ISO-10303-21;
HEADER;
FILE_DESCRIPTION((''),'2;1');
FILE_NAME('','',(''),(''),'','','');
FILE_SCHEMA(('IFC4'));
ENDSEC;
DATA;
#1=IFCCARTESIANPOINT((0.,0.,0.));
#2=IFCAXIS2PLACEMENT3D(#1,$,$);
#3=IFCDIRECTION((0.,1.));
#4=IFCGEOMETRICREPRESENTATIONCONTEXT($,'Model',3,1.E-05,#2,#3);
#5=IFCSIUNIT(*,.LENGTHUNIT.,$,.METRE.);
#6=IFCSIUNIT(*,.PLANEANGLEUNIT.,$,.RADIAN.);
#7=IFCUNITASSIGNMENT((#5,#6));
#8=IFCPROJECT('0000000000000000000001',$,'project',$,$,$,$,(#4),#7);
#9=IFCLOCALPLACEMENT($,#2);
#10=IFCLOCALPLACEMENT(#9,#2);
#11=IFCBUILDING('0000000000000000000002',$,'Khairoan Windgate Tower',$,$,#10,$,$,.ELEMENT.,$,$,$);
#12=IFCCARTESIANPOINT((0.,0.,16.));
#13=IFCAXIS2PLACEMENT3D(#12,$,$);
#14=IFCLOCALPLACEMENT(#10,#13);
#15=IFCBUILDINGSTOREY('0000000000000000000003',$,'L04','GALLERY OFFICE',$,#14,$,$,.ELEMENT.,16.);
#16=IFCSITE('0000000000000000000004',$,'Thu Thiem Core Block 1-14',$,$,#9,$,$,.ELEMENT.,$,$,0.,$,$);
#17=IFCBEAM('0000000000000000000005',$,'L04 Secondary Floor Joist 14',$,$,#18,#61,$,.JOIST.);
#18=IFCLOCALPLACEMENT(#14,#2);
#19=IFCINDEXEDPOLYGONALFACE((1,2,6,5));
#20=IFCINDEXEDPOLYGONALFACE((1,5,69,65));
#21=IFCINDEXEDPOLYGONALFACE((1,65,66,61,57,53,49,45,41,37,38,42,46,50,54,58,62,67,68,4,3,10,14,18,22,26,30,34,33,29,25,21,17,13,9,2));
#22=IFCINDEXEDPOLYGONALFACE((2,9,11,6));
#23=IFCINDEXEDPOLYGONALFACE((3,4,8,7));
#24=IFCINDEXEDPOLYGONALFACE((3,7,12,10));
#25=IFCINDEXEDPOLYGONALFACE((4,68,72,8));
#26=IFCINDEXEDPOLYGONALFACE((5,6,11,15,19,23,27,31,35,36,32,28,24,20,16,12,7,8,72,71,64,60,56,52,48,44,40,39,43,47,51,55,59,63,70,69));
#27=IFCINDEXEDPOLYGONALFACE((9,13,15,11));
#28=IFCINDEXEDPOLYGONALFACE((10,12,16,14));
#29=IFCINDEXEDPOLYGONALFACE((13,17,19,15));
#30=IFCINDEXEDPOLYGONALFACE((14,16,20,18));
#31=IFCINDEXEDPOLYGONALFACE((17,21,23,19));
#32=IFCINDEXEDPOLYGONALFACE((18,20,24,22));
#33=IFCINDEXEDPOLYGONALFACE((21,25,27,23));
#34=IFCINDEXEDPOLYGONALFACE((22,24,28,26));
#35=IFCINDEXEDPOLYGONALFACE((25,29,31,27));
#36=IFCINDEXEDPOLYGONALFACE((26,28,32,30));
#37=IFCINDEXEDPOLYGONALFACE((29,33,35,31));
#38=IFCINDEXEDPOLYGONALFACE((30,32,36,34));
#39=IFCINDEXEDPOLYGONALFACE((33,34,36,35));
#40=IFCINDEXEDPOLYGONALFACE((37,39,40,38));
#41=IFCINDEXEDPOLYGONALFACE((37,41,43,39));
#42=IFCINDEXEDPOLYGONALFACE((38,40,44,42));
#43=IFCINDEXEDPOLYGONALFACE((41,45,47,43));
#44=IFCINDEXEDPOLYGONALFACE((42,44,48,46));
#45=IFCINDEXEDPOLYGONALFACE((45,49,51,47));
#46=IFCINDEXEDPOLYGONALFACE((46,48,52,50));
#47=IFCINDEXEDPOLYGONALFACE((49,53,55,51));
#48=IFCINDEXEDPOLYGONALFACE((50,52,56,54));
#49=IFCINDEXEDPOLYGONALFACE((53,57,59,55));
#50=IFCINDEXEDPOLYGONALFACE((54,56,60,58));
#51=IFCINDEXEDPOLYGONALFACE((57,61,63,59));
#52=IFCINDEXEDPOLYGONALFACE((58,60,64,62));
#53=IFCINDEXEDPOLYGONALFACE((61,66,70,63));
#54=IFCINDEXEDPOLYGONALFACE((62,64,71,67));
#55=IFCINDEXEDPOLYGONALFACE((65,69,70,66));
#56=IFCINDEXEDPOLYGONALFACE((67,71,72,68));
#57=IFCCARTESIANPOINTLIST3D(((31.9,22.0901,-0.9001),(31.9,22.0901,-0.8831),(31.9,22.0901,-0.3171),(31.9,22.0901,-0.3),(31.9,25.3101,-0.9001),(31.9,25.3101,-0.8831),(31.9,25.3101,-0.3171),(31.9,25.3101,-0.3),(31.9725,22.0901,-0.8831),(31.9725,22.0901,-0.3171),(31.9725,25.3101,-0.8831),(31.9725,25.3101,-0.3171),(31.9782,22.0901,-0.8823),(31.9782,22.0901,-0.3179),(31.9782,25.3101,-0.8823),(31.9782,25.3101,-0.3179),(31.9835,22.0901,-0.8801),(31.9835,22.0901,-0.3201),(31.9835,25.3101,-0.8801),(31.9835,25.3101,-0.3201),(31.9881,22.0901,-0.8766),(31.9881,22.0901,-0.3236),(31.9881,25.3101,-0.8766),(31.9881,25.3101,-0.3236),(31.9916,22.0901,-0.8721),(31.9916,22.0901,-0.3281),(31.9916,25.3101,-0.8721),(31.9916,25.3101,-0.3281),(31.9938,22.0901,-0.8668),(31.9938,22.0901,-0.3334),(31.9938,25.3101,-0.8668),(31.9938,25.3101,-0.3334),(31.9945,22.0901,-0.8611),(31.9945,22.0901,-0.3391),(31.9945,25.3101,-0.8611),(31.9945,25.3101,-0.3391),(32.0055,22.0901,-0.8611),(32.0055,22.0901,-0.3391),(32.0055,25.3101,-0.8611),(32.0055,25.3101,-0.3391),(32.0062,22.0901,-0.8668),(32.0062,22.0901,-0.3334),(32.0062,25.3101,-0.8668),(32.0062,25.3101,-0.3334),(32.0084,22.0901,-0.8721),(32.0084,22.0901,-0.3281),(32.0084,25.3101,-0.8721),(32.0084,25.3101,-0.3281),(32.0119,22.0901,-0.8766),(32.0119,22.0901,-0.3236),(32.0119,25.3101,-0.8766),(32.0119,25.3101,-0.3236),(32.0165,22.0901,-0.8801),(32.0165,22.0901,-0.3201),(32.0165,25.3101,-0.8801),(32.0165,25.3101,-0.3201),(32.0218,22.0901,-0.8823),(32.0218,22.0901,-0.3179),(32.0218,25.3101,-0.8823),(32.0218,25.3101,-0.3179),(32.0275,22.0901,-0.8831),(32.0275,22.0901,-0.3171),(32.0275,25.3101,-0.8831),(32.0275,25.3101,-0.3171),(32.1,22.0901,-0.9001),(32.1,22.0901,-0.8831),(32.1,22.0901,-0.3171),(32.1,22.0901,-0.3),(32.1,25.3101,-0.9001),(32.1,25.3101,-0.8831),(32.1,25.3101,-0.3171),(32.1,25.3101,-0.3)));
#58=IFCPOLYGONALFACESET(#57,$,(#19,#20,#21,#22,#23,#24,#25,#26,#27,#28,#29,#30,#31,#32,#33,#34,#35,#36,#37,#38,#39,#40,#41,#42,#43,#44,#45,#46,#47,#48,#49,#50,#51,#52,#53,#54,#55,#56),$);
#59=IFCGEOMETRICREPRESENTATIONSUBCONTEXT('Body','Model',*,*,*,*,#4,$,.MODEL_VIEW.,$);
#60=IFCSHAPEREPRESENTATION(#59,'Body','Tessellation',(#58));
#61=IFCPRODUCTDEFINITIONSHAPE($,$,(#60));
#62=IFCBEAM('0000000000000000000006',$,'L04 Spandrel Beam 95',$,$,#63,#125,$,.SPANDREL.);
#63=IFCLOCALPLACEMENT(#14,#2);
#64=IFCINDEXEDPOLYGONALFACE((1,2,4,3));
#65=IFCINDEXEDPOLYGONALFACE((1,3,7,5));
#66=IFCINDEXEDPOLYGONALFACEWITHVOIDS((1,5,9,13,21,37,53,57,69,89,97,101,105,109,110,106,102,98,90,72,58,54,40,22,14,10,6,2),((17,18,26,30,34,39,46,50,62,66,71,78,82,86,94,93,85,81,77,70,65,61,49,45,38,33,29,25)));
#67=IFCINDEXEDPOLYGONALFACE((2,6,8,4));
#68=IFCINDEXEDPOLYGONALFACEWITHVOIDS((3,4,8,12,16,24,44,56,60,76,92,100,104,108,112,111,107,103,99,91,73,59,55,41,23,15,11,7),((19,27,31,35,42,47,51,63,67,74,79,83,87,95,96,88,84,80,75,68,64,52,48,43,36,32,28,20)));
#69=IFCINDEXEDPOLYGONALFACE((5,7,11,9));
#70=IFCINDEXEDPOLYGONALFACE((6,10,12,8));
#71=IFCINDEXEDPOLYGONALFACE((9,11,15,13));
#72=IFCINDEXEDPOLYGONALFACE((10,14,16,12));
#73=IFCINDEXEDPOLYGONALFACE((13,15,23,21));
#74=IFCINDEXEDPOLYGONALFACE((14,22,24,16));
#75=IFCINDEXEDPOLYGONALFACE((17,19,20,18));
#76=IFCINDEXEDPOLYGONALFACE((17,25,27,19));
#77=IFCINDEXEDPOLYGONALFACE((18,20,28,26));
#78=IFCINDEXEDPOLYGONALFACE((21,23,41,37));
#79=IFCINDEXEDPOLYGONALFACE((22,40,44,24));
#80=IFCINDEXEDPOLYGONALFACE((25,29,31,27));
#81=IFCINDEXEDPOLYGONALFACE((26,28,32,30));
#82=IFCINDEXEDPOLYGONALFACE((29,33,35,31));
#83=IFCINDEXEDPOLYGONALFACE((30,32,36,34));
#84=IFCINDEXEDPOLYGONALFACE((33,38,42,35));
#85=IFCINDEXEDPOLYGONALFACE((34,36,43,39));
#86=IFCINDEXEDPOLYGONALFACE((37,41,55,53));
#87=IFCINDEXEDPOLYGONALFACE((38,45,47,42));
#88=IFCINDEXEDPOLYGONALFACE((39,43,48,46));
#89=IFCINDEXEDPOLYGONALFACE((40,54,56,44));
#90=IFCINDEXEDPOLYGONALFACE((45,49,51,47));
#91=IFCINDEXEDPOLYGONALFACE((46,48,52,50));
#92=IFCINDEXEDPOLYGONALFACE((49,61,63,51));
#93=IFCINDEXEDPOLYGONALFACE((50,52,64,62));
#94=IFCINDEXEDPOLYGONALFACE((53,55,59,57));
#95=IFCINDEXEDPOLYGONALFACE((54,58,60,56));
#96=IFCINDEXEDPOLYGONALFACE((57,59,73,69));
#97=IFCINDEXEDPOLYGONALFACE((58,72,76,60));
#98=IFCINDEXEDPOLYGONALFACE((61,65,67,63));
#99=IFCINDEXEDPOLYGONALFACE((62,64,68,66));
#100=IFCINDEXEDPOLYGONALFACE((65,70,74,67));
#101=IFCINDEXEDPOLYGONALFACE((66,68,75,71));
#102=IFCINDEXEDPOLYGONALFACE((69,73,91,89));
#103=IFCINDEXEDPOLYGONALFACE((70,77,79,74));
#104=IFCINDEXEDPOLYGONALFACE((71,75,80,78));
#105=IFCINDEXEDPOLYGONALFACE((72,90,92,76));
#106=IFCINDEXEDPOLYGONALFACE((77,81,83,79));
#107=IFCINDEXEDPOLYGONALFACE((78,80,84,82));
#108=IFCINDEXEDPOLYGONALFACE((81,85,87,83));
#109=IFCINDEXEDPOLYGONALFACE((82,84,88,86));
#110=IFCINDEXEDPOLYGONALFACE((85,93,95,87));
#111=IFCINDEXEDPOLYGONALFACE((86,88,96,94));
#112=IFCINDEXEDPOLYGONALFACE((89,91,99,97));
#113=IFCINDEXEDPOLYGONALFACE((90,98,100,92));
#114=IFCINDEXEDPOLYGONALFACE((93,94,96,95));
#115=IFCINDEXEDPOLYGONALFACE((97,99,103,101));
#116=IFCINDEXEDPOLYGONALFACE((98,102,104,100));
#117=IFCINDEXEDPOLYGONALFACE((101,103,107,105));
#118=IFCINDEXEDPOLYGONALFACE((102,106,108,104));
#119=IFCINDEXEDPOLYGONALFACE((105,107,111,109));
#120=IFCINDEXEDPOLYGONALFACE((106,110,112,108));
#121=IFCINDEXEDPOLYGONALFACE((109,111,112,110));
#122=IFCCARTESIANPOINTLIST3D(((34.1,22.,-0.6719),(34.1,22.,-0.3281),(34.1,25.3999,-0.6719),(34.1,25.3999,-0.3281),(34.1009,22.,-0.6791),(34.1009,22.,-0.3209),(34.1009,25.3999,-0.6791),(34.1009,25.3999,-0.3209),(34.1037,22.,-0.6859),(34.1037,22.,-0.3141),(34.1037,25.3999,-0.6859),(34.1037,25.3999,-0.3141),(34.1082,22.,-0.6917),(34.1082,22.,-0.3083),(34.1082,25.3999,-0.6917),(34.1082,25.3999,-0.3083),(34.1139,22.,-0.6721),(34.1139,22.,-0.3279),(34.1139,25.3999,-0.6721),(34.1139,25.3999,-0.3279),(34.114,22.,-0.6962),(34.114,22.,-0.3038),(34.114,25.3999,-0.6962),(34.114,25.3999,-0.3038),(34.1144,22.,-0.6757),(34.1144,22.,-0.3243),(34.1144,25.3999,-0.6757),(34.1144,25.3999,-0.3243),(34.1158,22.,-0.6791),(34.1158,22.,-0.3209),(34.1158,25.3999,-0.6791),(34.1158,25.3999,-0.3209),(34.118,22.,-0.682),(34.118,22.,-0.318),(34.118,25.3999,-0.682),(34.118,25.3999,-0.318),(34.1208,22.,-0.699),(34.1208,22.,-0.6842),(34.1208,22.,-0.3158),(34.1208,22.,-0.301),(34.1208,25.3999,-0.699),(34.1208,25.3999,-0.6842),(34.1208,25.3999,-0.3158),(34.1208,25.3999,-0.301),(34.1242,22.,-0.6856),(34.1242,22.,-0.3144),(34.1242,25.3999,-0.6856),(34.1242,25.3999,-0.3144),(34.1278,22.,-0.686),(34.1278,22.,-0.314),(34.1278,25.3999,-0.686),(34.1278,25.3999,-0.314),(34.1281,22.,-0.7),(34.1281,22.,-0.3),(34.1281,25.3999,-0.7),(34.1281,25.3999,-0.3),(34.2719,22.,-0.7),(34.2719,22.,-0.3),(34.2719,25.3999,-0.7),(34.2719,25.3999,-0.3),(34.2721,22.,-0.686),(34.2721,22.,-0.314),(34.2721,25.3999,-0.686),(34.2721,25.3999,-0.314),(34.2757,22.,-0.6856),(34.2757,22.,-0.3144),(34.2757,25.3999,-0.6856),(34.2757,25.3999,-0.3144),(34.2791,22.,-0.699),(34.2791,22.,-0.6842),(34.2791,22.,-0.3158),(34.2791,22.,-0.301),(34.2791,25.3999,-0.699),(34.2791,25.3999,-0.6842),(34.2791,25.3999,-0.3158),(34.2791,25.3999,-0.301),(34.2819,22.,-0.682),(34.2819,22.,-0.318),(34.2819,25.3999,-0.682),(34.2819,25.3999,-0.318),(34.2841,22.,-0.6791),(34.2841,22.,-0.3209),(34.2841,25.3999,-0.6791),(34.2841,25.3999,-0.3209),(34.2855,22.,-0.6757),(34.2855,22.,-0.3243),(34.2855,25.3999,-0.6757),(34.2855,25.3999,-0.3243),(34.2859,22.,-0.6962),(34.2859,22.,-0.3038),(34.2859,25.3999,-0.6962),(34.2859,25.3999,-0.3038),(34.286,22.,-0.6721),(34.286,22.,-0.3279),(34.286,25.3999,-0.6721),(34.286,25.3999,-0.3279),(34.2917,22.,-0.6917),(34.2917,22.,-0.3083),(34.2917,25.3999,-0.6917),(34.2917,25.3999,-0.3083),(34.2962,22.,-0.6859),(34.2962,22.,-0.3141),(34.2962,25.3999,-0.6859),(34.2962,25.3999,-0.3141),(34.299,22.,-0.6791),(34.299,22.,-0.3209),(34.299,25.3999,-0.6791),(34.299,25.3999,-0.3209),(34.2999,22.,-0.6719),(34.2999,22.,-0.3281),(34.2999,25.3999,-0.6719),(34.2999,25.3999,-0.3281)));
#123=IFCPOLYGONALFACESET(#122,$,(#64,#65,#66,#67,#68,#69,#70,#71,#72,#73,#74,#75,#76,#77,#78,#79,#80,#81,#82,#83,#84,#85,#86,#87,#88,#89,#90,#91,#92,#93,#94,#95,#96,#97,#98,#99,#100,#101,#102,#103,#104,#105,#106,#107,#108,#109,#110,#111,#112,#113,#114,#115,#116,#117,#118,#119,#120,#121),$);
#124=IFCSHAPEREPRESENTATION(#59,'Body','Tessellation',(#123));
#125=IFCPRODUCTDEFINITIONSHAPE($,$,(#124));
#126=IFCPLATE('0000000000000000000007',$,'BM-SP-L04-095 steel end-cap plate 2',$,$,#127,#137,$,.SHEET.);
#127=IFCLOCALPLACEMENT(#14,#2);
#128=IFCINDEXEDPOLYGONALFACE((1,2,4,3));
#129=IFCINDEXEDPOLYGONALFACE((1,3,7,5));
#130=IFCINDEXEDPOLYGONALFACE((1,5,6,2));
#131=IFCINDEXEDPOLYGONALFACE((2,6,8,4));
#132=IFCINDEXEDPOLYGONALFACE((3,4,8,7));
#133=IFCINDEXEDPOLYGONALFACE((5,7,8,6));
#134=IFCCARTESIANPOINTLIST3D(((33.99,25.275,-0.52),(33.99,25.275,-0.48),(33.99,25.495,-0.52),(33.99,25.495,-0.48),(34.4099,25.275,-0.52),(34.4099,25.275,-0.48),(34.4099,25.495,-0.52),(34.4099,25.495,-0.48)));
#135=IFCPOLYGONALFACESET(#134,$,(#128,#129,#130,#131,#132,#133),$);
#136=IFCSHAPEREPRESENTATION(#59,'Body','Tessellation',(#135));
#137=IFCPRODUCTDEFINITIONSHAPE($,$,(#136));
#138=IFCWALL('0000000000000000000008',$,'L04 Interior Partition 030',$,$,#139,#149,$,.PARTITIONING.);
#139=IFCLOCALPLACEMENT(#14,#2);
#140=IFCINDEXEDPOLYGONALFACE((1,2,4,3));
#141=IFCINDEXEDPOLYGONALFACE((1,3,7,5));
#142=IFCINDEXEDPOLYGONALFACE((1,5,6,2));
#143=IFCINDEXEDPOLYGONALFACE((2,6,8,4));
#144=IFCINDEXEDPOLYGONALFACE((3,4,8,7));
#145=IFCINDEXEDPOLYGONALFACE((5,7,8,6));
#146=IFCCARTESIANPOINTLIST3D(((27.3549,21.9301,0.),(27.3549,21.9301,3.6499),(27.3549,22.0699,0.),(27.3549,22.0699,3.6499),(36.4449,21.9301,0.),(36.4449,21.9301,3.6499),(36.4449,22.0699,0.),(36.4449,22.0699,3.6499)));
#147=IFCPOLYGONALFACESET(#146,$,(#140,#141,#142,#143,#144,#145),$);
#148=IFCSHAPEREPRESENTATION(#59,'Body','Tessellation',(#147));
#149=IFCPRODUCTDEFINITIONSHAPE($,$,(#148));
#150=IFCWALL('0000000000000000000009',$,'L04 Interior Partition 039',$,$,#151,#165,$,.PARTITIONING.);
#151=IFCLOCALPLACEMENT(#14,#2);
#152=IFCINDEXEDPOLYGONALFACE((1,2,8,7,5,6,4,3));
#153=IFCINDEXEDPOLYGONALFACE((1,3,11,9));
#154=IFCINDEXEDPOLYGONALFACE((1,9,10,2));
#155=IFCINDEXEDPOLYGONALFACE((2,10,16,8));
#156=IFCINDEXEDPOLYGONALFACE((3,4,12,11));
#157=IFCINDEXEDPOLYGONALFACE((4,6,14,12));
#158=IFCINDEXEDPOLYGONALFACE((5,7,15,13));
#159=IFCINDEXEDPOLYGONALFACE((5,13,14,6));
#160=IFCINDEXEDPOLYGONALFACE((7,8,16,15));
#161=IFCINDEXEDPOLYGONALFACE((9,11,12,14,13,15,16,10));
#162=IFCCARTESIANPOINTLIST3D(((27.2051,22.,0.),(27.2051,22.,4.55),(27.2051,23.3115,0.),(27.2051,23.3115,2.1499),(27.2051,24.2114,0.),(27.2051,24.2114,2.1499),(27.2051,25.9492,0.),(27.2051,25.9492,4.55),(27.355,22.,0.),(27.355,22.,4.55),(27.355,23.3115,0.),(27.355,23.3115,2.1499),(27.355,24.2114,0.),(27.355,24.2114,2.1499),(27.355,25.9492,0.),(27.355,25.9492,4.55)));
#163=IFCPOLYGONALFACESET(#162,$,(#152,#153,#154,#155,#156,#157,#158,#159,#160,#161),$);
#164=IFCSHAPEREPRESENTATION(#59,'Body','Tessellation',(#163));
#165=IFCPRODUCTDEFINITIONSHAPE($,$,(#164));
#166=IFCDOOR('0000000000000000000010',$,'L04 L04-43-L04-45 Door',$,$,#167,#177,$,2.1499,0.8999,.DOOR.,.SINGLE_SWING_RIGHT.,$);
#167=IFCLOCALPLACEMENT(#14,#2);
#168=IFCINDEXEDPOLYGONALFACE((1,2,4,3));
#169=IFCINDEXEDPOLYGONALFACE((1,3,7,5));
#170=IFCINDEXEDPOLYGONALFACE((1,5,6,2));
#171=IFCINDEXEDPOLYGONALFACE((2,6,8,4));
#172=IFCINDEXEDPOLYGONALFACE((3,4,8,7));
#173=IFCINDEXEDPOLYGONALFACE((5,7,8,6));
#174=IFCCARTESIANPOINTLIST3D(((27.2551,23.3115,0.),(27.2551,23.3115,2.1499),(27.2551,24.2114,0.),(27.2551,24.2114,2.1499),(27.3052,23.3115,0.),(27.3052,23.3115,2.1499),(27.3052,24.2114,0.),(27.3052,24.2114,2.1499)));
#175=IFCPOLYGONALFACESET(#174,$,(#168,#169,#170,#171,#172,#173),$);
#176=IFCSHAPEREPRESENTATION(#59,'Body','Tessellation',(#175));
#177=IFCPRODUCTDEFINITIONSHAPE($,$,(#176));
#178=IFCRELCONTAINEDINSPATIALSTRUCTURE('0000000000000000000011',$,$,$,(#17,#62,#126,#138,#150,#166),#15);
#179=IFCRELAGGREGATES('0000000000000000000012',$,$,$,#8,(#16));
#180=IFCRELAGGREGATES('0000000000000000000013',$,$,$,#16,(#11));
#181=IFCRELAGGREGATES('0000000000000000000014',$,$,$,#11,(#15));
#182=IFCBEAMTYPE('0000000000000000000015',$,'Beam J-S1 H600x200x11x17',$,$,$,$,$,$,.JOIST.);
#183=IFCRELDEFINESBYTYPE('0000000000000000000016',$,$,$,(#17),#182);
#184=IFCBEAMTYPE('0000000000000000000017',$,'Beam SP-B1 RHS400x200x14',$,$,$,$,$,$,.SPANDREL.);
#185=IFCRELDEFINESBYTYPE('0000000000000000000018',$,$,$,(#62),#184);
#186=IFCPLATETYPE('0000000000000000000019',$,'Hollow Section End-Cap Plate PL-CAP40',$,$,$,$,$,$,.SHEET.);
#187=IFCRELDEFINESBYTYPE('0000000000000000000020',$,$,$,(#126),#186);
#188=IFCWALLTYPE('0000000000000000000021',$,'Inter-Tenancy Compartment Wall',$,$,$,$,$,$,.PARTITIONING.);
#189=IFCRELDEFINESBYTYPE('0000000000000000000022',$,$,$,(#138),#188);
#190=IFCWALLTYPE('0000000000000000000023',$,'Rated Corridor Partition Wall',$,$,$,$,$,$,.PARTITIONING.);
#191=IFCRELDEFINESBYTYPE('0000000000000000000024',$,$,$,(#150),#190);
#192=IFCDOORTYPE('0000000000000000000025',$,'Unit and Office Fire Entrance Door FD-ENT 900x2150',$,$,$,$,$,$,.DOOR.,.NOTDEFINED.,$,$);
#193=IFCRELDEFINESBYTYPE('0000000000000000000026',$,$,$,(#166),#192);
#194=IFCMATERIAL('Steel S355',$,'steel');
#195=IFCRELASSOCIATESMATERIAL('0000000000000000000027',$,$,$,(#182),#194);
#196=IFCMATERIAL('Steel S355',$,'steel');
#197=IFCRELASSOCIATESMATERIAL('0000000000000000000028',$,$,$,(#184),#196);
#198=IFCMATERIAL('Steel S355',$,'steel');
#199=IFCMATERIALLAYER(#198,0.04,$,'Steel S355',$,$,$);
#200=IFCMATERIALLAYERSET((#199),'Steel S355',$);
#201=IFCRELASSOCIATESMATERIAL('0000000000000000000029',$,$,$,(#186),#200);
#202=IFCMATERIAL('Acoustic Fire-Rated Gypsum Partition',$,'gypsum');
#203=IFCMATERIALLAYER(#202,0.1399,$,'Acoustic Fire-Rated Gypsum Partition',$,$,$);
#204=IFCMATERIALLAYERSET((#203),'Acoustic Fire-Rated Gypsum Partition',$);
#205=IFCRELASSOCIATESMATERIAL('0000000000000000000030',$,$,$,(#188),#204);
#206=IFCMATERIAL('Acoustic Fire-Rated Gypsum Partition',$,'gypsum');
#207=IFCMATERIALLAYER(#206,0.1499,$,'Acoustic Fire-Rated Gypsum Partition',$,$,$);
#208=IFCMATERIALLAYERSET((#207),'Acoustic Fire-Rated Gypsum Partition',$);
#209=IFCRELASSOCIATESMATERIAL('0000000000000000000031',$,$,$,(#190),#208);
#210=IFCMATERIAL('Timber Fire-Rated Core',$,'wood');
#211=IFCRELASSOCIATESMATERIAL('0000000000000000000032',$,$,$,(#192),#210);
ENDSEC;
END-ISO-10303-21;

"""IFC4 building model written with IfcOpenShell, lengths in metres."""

from ifc_helpers import new_model, si_unit, direction, frame, frame_2d, origin, origin_2d, place, context, subcontext, project, spatial, rectangle, hollow_rectangle, i_section, extrude, material, layer, layer_set, material_profile, profile_set, type_object, element, fill, save


model = new_model("IFC4")

# Units and contexts
model_context = context("Model", 3, precision=1e-05, world=origin(), true_north=direction((0.0, 1.0)))
body_context = subcontext(model_context, "Body", "Model", "MODEL_VIEW")
ifc_project = project(units=[si_unit("LENGTHUNIT", "METRE"), si_unit("PLANEANGLEUNIT", "RADIAN")], contexts=[model_context])

# Site, building, storey
site_placement = place(None, origin())
site = spatial("IfcSite", under=ifc_project, at=site_placement, Name="Thu Thiem Core Block 1-14", CompositionType="ELEMENT", RefElevation=0.0)
building_placement = place(site_placement, origin())
building = spatial("IfcBuilding", under=site, at=building_placement, Name="Khairoan Windgate Tower", CompositionType="ELEMENT")
storey_placement = place(building_placement, frame((0.0, 0.0, 16.0)))
storey = spatial("IfcBuildingStorey", under=building, at=storey_placement, Name="L04", Description="GALLERY OFFICE", CompositionType="ELEMENT", Elevation=16.0)

# Beams
ifc_material_1 = material(Name="Steel S355", Category="steel")
ifc_material_profile_1 = material_profile(ifc_material_1, i_section(OverallWidth=0.2, OverallDepth=0.6001, WebThickness=0.011, FlangeThickness=0.0171, FilletRadius=0.022, at=origin_2d()))
ifc_profile_set_1 = profile_set([ifc_material_profile_1], Name="Steel S355")
beam_type_1 = type_object("IfcBeamType", Name="Beam J-S1 H600x200x11x17", PredefinedType="JOIST", material=ifc_profile_set_1)
beam_1_placement = place(storey_placement, frame((32.0, 22.0901, -0.6001), z_axis=(0.0, 1.0, 0.0), x_axis=(-1.0, 0.0, 0.0)))
element("IfcBeam", 1, at=beam_1_placement, inside=storey, type_object=beam_type_1, Name="L04 Secondary Floor Joist 14", PredefinedType="JOIST", context=body_context, shape_type="SweptSolid", body=[
    extrude(i_section(OverallWidth=0.2, OverallDepth=0.6001, WebThickness=0.011, FlangeThickness=0.0171, FilletRadius=0.022, at=origin_2d()), origin(), (0.0, 0.0, 1.0), 3.22),
])
ifc_material_2 = material(Name="Steel S355", Category="steel")
ifc_material_profile_2 = material_profile(ifc_material_2, hollow_rectangle(XDim=0.2, YDim=0.3999, WallThickness=0.0139, InnerFilletRadius=0.0139, OuterFilletRadius=0.0281, at=origin_2d()))
ifc_profile_set_2 = profile_set([ifc_material_profile_2], Name="Steel S355")
beam_type_2 = type_object("IfcBeamType", Name="Beam SP-B1 RHS400x200x14", PredefinedType="SPANDREL", material=ifc_profile_set_2)
beam_2_placement = place(storey_placement, frame((34.2, 22.0, -0.5), z_axis=(0.0, 1.0, 0.0), x_axis=(-1.0, 0.0, 0.0)))
element("IfcBeam", 2, at=beam_2_placement, inside=storey, type_object=beam_type_2, Name="L04 Spandrel Beam 95", PredefinedType="SPANDREL", context=body_context, shape_type="SweptSolid", body=[
    extrude(hollow_rectangle(XDim=0.2, YDim=0.3999, WallThickness=0.0139, InnerFilletRadius=0.0139, OuterFilletRadius=0.0281, at=origin_2d()), origin(), (0.0, 0.0, 1.0), 3.3999),
])

# Plate
ifc_material_3 = material(Name="Steel S355", Category="steel")
ifc_layer_1 = layer(ifc_material_3, 0.04, Name="Steel S355")
ifc_layer_set_1 = layer_set([ifc_layer_1], Name="Steel S355")
plate_type_1 = type_object("IfcPlateType", Name="Hollow Section End-Cap Plate PL-CAP40", PredefinedType="SHEET", material=ifc_layer_set_1)
plate_1_placement = place(storey_placement, frame((34.2, 25.385, -0.52), z_axis=(0.0, 0.0, 1.0), x_axis=(0.0, 1.0, 0.0)))
element("IfcPlate", 3, at=plate_1_placement, inside=storey, type_object=plate_type_1, Name="BM-SP-L04-095 steel end-cap plate 2", PredefinedType="SHEET", context=body_context, shape_type="SweptSolid", body=[
    extrude(rectangle(XDim=0.22, YDim=0.4199, at=origin_2d()), origin(), (0.0, 0.0, 1.0), 0.04),
])

# Wall
ifc_material_4 = material(Name="Acoustic Fire-Rated Gypsum Partition", Category="gypsum")
ifc_layer_2 = layer(ifc_material_4, 0.1399, Name="Acoustic Fire-Rated Gypsum Partition")
ifc_layer_set_2 = layer_set([ifc_layer_2], Name="Acoustic Fire-Rated Gypsum Partition")
wall_type_1 = type_object("IfcWallType", Name="Inter-Tenancy Compartment Wall", PredefinedType="PARTITIONING", material=ifc_layer_set_2)
wall_1_placement = place(storey_placement, frame((27.355, 22.0, 0.0), z_axis=(0.0, 0.0, 1.0), x_axis=(1.0, 0.0, 0.0)))
element("IfcWall", 4, at=wall_1_placement, inside=storey, type_object=wall_type_1, Name="L04 Interior Partition 030", PredefinedType="PARTITIONING", context=body_context, shape_type="SweptSolid", body=[
    extrude(rectangle(XDim=9.0901, YDim=0.1399, at=frame_2d((4.5449, 0.0))), origin(), (0.0, 0.0, 1.0), 3.6499),
])

# Wall, opening, door
ifc_material_5 = material(Name="Acoustic Fire-Rated Gypsum Partition", Category="gypsum")
ifc_layer_3 = layer(ifc_material_5, 0.1499, Name="Acoustic Fire-Rated Gypsum Partition")
ifc_layer_set_3 = layer_set([ifc_layer_3], Name="Acoustic Fire-Rated Gypsum Partition")
wall_type_2 = type_object("IfcWallType", Name="Rated Corridor Partition Wall", PredefinedType="PARTITIONING", material=ifc_layer_set_3)
wall_2_placement = place(storey_placement, frame((27.28, 22.0, 0.0), z_axis=(0.0, 0.0, 1.0), x_axis=(0.0, 1.0, 0.0)))
wall_2 = element("IfcWall", 5, at=wall_2_placement, inside=storey, type_object=wall_type_2, Name="L04 Interior Partition 039", PredefinedType="PARTITIONING", context=body_context, shape_type="SweptSolid", body=[
    extrude(rectangle(XDim=3.9492, YDim=0.1499, at=frame_2d((1.9746, 0.0))), origin(), (0.0, 0.0, 1.0), 4.55),
])
opening_placement = place(wall_2_placement, frame((1.3115, 0.0, 0.0)))
opening = element("IfcOpeningElement", 6, at=opening_placement, cuts=wall_2, PredefinedType="OPENING", context=body_context, shape_type="SweptSolid", body=[
    extrude(rectangle(XDim=0.8999, YDim=2.1499, at=frame_2d((0.45, 1.075))), frame((0.0, 0.085, 0.0), z_axis=(0.0, -1.0, 0.0), x_axis=(1.0, 0.0, 0.0)), (0.0, 0.0, 1.0), 0.1699),
])
ifc_material_6 = material(Name="Timber Fire-Rated Core", Category="wood")
door_type = type_object("IfcDoorType", Name="Unit and Office Fire Entrance Door FD-ENT 900x2150", OperationType="NOTDEFINED", PredefinedType="DOOR", material=ifc_material_6)
door_placement = place(opening_placement, origin())
door = element("IfcDoor", 7, at=door_placement, inside=storey, type_object=door_type, Name="L04 L04-43-L04-45 Door", OperationType="SINGLE_SWING_RIGHT", OverallHeight=2.1499, OverallWidth=0.8999, PredefinedType="DOOR", context=body_context, shape_type="SweptSolid", body=[
    extrude(rectangle(XDim=0.8999, YDim=2.1499, at=frame_2d((0.45, 1.075))), frame((0.0, 0.0249, 0.0), z_axis=(0.0, -1.0, 0.0), x_axis=(1.0, 0.0, 0.0)), (0.0, 0.0, 1.0), 0.05),
])
fill(opening, door)

save(model, "model.ifc")
